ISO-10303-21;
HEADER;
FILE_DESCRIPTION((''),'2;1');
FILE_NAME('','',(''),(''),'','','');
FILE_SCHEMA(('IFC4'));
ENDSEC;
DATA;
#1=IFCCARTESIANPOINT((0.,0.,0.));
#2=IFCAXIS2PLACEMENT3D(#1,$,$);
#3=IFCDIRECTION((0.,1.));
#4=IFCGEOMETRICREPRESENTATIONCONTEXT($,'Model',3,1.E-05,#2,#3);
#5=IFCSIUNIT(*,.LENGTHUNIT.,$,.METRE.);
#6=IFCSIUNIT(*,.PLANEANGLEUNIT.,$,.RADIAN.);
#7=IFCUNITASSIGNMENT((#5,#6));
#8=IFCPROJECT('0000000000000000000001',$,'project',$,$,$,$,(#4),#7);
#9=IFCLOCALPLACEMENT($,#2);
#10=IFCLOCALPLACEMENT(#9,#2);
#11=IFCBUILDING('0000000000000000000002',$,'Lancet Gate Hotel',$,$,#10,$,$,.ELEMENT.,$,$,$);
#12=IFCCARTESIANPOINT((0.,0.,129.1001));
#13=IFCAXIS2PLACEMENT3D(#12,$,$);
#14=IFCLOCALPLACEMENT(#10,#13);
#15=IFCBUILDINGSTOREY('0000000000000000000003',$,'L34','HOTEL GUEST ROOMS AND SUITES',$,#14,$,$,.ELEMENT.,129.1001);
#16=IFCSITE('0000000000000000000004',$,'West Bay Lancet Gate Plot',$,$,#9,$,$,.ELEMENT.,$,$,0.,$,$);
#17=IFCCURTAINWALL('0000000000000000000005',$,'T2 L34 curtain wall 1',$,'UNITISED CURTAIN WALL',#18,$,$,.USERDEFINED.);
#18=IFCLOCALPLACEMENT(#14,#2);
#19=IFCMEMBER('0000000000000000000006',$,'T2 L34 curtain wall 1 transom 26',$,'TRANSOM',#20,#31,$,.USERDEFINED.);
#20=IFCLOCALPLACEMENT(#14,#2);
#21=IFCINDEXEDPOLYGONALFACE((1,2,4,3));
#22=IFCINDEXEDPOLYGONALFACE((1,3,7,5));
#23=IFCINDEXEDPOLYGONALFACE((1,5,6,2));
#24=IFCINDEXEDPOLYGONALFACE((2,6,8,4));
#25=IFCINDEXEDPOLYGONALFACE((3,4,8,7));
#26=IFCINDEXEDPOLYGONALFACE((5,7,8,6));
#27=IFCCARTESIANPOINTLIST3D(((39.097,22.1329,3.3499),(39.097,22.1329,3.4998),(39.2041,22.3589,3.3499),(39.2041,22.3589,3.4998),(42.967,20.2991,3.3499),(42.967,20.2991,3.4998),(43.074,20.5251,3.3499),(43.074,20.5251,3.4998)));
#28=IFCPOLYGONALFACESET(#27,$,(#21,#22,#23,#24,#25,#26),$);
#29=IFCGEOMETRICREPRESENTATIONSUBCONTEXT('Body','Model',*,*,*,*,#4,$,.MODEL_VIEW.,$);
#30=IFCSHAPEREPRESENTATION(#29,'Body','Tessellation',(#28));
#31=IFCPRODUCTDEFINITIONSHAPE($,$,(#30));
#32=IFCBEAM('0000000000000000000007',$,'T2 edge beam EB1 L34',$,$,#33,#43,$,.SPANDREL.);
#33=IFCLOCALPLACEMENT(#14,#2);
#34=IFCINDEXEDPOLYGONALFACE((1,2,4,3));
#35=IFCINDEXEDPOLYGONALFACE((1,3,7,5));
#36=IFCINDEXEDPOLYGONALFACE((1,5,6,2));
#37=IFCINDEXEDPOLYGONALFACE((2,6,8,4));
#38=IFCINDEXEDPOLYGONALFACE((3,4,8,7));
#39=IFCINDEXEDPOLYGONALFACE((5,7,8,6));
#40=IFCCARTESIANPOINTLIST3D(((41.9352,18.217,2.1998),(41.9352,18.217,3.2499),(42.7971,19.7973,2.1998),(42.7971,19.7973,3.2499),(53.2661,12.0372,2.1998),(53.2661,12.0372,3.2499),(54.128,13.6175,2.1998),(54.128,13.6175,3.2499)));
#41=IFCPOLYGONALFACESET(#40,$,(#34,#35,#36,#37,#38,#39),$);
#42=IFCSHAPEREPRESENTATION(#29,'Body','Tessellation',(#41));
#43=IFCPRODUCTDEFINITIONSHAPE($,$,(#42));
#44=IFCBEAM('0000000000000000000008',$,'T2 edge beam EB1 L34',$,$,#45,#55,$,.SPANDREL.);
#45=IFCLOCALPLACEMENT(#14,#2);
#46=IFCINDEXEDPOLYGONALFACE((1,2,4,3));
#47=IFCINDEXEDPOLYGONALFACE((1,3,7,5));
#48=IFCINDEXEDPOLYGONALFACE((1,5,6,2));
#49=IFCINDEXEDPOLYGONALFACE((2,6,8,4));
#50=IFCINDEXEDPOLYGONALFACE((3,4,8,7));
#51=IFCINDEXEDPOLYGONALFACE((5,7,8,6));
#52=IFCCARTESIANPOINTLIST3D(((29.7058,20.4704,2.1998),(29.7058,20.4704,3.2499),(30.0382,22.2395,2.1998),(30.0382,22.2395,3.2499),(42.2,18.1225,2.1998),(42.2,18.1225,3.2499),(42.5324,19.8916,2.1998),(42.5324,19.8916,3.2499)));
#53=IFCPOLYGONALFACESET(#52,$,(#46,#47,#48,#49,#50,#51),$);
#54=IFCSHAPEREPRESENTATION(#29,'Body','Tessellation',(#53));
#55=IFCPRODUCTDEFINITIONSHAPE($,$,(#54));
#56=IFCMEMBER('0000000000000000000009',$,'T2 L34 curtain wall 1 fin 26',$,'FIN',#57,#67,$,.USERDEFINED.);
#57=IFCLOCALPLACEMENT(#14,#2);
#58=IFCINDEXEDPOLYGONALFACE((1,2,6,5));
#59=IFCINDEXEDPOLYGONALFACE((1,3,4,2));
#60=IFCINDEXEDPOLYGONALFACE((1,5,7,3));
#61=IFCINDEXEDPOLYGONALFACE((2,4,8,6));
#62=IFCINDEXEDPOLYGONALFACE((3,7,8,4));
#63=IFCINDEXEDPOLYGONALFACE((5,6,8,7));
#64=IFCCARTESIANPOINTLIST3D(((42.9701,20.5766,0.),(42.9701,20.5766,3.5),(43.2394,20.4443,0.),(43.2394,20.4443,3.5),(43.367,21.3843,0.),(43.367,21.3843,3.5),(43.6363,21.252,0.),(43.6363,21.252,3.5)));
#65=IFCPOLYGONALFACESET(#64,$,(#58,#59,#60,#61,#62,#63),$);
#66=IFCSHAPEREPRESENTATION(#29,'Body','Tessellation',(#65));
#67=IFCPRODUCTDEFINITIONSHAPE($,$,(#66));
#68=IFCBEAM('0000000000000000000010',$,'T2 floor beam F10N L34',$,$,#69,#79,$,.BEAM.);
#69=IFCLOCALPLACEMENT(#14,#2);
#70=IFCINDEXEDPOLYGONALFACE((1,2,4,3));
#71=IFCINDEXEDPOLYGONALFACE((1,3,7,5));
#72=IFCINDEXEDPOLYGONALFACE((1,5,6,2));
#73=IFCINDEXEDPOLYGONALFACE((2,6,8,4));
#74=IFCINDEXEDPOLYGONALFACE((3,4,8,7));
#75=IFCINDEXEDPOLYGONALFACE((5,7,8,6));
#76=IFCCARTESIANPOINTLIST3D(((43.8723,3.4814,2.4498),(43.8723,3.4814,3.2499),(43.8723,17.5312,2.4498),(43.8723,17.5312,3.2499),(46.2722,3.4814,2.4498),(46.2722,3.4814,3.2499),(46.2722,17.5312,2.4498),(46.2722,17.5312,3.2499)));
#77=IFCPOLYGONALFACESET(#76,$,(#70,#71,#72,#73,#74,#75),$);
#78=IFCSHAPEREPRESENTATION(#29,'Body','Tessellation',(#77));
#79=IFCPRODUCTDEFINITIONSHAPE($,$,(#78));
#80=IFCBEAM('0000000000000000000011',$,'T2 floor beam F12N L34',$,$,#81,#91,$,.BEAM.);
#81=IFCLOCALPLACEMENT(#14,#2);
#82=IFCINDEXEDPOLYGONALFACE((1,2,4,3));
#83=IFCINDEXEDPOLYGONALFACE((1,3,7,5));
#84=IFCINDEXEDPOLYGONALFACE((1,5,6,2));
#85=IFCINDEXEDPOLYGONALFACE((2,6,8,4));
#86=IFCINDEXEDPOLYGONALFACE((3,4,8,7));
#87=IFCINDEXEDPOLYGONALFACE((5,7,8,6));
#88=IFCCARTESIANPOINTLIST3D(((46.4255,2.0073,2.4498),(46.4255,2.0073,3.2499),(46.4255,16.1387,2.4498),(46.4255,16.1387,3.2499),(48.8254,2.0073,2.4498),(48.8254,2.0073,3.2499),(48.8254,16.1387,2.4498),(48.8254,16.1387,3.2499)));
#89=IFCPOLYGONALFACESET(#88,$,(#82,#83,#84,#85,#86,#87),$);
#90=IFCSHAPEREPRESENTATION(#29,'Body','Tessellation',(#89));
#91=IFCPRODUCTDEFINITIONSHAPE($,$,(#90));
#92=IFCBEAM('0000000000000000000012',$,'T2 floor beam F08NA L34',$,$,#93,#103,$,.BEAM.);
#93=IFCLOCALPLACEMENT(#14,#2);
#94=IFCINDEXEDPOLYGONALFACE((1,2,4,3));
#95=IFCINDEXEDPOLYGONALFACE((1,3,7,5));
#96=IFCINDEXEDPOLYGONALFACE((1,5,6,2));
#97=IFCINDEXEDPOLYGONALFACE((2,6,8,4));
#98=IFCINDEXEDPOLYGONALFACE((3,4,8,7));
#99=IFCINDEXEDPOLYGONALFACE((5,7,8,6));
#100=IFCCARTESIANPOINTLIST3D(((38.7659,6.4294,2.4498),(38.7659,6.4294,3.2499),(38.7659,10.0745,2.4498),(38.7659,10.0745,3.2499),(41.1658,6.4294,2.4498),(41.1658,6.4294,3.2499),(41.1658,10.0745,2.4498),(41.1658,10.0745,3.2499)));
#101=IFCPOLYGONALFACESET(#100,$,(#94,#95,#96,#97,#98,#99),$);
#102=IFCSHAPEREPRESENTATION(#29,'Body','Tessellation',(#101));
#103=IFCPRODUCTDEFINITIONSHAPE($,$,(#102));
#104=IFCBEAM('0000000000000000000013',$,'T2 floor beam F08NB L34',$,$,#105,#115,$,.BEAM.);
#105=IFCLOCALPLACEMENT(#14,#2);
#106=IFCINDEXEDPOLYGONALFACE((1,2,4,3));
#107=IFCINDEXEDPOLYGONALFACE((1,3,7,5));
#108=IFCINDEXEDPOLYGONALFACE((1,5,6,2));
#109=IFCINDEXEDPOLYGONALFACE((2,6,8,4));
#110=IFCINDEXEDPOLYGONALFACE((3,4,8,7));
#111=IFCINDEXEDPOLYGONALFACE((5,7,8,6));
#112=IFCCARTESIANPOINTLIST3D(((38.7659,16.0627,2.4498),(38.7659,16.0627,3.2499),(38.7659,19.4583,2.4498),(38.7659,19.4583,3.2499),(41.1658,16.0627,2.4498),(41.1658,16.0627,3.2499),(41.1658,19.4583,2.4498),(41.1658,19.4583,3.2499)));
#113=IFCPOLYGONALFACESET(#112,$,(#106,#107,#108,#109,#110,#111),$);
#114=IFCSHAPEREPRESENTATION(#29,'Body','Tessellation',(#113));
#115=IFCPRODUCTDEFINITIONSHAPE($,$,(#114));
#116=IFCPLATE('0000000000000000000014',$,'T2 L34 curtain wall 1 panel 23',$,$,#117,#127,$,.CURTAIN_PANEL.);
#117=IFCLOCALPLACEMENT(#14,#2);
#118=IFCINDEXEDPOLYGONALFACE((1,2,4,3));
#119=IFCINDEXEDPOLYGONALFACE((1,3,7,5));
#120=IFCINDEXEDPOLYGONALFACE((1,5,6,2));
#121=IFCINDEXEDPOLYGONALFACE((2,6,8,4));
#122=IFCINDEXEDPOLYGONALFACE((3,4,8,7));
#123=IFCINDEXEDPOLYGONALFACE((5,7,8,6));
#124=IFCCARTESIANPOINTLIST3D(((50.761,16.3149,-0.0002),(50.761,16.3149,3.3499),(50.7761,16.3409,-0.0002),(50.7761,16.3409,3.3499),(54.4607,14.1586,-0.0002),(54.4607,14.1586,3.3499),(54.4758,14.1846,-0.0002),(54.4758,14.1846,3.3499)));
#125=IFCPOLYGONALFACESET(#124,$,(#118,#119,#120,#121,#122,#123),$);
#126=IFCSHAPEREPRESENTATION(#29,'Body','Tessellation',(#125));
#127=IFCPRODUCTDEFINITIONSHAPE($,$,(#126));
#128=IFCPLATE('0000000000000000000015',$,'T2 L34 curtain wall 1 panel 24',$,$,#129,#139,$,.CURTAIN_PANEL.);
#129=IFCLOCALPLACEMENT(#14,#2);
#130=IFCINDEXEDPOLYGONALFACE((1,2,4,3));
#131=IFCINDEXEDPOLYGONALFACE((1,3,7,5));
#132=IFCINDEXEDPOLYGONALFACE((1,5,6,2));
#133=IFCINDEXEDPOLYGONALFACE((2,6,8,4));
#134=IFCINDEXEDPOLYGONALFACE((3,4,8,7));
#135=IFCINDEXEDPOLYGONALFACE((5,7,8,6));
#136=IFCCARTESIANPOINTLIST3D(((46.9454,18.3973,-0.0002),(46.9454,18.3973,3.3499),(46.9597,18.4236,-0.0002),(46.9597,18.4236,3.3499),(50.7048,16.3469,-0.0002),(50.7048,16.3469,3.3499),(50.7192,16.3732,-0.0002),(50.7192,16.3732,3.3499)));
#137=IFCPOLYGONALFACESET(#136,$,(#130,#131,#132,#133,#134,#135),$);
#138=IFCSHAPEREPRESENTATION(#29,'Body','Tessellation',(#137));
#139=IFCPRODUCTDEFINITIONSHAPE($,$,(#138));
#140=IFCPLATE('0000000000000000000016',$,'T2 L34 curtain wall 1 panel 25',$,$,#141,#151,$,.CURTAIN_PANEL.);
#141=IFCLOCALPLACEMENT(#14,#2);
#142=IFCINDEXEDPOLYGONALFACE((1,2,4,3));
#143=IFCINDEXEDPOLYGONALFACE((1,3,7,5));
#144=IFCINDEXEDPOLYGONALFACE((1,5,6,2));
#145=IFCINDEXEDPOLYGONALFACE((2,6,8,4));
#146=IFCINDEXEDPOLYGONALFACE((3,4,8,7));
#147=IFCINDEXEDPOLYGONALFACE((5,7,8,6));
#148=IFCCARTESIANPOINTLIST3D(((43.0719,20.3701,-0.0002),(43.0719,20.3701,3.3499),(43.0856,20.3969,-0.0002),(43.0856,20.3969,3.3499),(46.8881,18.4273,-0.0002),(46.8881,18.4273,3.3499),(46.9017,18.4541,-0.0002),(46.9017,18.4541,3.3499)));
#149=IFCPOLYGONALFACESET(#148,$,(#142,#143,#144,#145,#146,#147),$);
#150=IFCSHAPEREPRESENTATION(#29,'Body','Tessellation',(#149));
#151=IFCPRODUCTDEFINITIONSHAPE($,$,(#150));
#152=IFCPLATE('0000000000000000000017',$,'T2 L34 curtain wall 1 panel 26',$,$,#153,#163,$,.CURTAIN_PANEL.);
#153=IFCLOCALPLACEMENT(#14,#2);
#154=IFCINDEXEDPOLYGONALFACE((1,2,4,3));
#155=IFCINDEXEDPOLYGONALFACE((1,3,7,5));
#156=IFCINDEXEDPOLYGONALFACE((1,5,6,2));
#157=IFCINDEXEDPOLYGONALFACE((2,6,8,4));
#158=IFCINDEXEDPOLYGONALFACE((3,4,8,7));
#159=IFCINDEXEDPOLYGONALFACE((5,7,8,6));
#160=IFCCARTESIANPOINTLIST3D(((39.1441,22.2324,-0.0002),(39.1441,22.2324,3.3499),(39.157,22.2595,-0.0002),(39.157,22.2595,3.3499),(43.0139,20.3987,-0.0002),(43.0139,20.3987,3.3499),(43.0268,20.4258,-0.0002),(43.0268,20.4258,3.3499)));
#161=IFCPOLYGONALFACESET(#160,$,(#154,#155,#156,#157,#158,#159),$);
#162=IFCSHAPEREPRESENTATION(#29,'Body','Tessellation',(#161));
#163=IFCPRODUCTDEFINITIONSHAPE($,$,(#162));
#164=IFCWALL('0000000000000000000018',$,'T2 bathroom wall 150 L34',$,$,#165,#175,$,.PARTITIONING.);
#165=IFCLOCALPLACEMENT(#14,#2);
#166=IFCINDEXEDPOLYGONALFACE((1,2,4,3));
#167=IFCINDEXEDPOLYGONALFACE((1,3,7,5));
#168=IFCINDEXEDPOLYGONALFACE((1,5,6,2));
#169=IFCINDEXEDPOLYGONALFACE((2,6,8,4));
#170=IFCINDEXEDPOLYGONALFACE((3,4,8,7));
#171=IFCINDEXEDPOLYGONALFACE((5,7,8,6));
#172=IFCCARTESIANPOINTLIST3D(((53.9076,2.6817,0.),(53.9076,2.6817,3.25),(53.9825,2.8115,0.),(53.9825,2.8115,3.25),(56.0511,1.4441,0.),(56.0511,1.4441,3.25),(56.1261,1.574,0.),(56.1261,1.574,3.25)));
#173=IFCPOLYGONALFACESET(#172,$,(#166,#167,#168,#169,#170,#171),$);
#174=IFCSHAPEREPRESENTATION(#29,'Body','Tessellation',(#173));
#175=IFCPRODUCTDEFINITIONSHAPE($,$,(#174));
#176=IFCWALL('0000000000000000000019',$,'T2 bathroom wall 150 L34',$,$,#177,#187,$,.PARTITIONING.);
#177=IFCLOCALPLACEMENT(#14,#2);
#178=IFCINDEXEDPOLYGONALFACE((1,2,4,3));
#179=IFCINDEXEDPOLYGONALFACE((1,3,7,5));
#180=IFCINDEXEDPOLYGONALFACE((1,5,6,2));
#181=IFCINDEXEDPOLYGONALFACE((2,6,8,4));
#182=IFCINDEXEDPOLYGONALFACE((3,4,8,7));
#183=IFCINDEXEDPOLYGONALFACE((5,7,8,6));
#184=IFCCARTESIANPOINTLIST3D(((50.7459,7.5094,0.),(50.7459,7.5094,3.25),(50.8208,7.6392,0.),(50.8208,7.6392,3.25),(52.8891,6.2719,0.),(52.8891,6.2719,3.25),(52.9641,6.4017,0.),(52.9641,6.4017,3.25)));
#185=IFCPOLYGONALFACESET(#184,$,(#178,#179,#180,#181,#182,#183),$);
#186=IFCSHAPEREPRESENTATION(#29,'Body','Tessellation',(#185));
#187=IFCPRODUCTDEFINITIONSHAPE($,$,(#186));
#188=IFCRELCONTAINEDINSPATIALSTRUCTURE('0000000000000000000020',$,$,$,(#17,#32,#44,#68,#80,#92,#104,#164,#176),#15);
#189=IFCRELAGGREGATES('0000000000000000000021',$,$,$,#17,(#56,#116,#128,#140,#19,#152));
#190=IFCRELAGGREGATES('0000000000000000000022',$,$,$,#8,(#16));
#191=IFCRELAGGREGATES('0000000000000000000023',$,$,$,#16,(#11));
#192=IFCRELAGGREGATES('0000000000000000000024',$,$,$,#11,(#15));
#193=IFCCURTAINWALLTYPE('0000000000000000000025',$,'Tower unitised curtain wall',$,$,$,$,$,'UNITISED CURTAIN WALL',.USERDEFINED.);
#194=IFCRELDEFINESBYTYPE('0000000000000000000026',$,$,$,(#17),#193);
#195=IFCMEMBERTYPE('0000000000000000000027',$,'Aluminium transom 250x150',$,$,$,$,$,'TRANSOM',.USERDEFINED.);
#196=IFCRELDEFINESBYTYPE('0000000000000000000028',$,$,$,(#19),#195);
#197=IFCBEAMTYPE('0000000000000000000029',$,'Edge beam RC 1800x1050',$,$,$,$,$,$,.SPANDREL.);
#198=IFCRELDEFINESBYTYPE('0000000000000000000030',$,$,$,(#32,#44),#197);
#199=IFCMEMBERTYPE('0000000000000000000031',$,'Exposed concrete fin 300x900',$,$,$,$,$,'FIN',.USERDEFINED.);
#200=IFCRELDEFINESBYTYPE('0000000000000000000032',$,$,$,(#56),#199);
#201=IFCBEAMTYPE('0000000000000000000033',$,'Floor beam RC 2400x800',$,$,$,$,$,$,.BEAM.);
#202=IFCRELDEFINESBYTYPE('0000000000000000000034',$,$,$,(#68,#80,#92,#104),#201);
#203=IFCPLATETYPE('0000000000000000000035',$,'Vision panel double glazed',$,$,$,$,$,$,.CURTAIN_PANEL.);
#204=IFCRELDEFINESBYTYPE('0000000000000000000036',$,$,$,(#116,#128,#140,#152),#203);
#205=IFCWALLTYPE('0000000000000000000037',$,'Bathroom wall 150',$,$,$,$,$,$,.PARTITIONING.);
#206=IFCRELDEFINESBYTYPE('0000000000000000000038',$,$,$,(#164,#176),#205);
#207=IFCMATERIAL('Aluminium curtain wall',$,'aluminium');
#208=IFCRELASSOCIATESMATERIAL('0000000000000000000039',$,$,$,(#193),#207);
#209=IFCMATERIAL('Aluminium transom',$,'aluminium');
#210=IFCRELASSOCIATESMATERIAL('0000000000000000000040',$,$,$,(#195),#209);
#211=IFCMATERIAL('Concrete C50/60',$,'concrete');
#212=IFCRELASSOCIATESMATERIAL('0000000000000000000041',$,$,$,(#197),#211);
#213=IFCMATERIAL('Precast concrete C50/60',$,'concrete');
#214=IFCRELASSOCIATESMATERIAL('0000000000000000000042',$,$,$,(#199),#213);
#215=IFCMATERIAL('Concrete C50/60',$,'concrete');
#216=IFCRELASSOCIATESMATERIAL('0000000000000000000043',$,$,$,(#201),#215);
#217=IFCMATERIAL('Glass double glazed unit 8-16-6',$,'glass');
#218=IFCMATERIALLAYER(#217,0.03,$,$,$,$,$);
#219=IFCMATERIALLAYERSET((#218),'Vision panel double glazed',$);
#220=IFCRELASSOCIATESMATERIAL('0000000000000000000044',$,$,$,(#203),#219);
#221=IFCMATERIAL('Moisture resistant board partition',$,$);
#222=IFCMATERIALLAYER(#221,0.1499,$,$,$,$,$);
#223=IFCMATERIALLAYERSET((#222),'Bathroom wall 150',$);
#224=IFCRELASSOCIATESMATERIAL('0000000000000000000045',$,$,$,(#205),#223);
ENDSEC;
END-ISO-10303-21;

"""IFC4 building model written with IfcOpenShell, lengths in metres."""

from ifc_helpers import new_model, si_unit, direction, frame, frame_2d, origin, origin_2d, place, context, subcontext, project, spatial, rectangle, extrude, material, layer, layer_set, material_profile, profile_set, type_object, element, aggregate, save


model = new_model("IFC4")

# Units and contexts
model_context = context("Model", 3, precision=1e-05, world=origin(), true_north=direction((0.0, 1.0)))
body_context = subcontext(model_context, "Body", "Model", "MODEL_VIEW")
ifc_project = project(units=[si_unit("LENGTHUNIT", "METRE"), si_unit("PLANEANGLEUNIT", "RADIAN")], contexts=[model_context])

# Site, building, storey
site_placement = place(None, origin())
site = spatial("IfcSite", under=ifc_project, at=site_placement, Name="West Bay Lancet Gate Plot", CompositionType="ELEMENT", RefElevation=0.0)
building_placement = place(site_placement, origin())
building = spatial("IfcBuilding", under=site, at=building_placement, Name="Lancet Gate Hotel", CompositionType="ELEMENT")
storey_placement = place(building_placement, frame((0.0, 0.0, 129.1001)))
storey = spatial("IfcBuildingStorey", under=building, at=storey_placement, Name="L34", Description="HOTEL GUEST ROOMS AND SUITES", CompositionType="ELEMENT", Elevation=129.1001)

# Curtain wall, member
ifc_material_1 = material(Name="Aluminium curtain wall", Category="aluminium")
curtain_wall_type = type_object("IfcCurtainWallType", Name="Tower unitised curtain wall", ElementType="UNITISED CURTAIN WALL", PredefinedType="USERDEFINED", material=ifc_material_1)
curtain_wall_placement = place(storey_placement, origin())
curtain_wall = element("IfcCurtainWall", 1, at=curtain_wall_placement, inside=storey, type_object=curtain_wall_type, Name="T2 L34 curtain wall 1", ObjectType="UNITISED CURTAIN WALL", PredefinedType="USERDEFINED")
ifc_material_2 = material(Name="Aluminium transom", Category="aluminium")
ifc_material_profile_1 = material_profile(ifc_material_2, rectangle(XDim=0.25, YDim=0.1499, at=origin_2d()), Name="TRANSOM 250x150")
ifc_profile_set_1 = profile_set([ifc_material_profile_1], Name="Aluminium transom")
member_type_1 = type_object("IfcMemberType", Name="Aluminium transom 250x150", ElementType="TRANSOM", PredefinedType="USERDEFINED", material=ifc_profile_set_1)
member_1_placement = place(storey_placement, frame((43.0205, 20.4121, 3.4248), z_axis=(-0.90368, 0.428209, 0.0), x_axis=(-0.428209, -0.90368, 0.0)))
member_1 = element("IfcMember", 2, at=member_1_placement, type_object=member_type_1, Name="T2 L34 curtain wall 1 transom 26", ObjectType="TRANSOM", PredefinedType="USERDEFINED", context=body_context, shape_type="SweptSolid", body=[
    extrude(rectangle(XDim=0.25, YDim=0.1499, at=origin_2d()), origin(), (0.0, 0.0, 1.0), 4.2825),
])

# Beams
ifc_material_3 = material(Name="Concrete C50/60", Category="concrete")
ifc_material_profile_2 = material_profile(ifc_material_3, rectangle(XDim=1.8, YDim=1.05, at=origin_2d()), Name="RC 1800x1050")
ifc_profile_set_2 = profile_set([ifc_material_profile_2], Name="Concrete C50/60")
beam_type_1 = type_object("IfcBeamType", Name="Edge beam RC 1800x1050", PredefinedType="SPANDREL", material=ifc_profile_set_2)
beam_1_placement = place(storey_placement, frame((53.697, 12.8274, 2.7249), z_axis=(-0.87792, 0.478807, 0.0), x_axis=(-0.478807, -0.87792, 0.0)))
element("IfcBeam", 3, at=beam_1_placement, inside=storey, type_object=beam_type_1, Name="T2 edge beam EB1 L34", PredefinedType="SPANDREL", context=body_context, shape_type="SweptSolid", body=[
    extrude(rectangle(XDim=1.8, YDim=1.05, at=origin_2d()), origin(), (0.0, 0.0, 1.0), 12.9065),
])
beam_2_placement = place(storey_placement, frame((42.3662, 19.0071, 2.7249), z_axis=(-0.982797, 0.184687, 0.0), x_axis=(-0.184687, -0.982797, 0.0)))
element("IfcBeam", 4, at=beam_2_placement, inside=storey, type_object=beam_type_1, Name="T2 edge beam EB1 L34", PredefinedType="SPANDREL", context=body_context, shape_type="SweptSolid", body=[
    extrude(rectangle(XDim=1.8, YDim=1.05, at=origin_2d()), origin(), (0.0, 0.0, 1.0), 12.7129),
])

# Member
ifc_material_4 = material(Name="Precast concrete C50/60", Category="concrete")
ifc_material_profile_3 = material_profile(ifc_material_4, rectangle(XDim=0.3, YDim=0.8999, at=origin_2d()), Name="FIN 300x900")
ifc_profile_set_3 = profile_set([ifc_material_profile_3], Name="Precast concrete C50/60")
member_type_2 = type_object("IfcMemberType", Name="Exposed concrete fin 300x900", ElementType="FIN", PredefinedType="USERDEFINED", material=ifc_profile_set_3)
member_2_placement = place(storey_placement, frame((43.3032, 20.9143, 0.0), z_axis=(0.0, 0.0, 1.0), x_axis=(-0.897512, 0.44099, 0.0)))
member_2 = element("IfcMember", 5, at=member_2_placement, type_object=member_type_2, Name="T2 L34 curtain wall 1 fin 26", ObjectType="FIN", PredefinedType="USERDEFINED", context=body_context, shape_type="SweptSolid", body=[
    extrude(rectangle(XDim=0.3, YDim=0.8999, at=origin_2d()), origin(), (0.0, 0.0, 1.0), 3.5),
])

# Beams
ifc_material_5 = material(Name="Concrete C50/60", Category="concrete")
ifc_material_profile_4 = material_profile(ifc_material_5, rectangle(XDim=2.3999, YDim=0.8, at=origin_2d()), Name="RC 2400x800")
ifc_profile_set_4 = profile_set([ifc_material_profile_4], Name="Concrete C50/60")
beam_type_2 = type_object("IfcBeamType", Name="Floor beam RC 2400x800", PredefinedType="BEAM", material=ifc_profile_set_4)
beam_3_placement = place(storey_placement, frame((45.0723, 3.4814, 2.8499), z_axis=(0.0, 1.0, 0.0), x_axis=(-1.0, 0.0, 0.0)))
element("IfcBeam", 6, at=beam_3_placement, inside=storey, type_object=beam_type_2, Name="T2 floor beam F10N L34", PredefinedType="BEAM", context=body_context, shape_type="SweptSolid", body=[
    extrude(rectangle(XDim=2.3999, YDim=0.8, at=origin_2d()), origin(), (0.0, 0.0, 1.0), 14.0498),
])
beam_4_placement = place(storey_placement, frame((47.6255, 2.0073, 2.8499), z_axis=(0.0, 1.0, 0.0), x_axis=(-1.0, 0.0, 0.0)))
element("IfcBeam", 7, at=beam_4_placement, inside=storey, type_object=beam_type_2, Name="T2 floor beam F12N L34", PredefinedType="BEAM", context=body_context, shape_type="SweptSolid", body=[
    extrude(rectangle(XDim=2.3999, YDim=0.8, at=origin_2d()), origin(), (0.0, 0.0, 1.0), 14.1313),
])
beam_5_placement = place(storey_placement, frame((39.9658, 6.4294, 2.8499), z_axis=(0.0, 1.0, 0.0), x_axis=(-1.0, 0.0, 0.0)))
element("IfcBeam", 8, at=beam_5_placement, inside=storey, type_object=beam_type_2, Name="T2 floor beam F08NA L34", PredefinedType="BEAM", context=body_context, shape_type="SweptSolid", body=[
    extrude(rectangle(XDim=2.3999, YDim=0.8, at=origin_2d()), origin(), (0.0, 0.0, 1.0), 3.645),
])
beam_6_placement = place(storey_placement, frame((39.9658, 16.0627, 2.8499), z_axis=(0.0, 1.0, 0.0), x_axis=(-1.0, 0.0, 0.0)))
element("IfcBeam", 9, at=beam_6_placement, inside=storey, type_object=beam_type_2, Name="T2 floor beam F08NB L34", PredefinedType="BEAM", context=body_context, shape_type="SweptSolid", body=[
    extrude(rectangle(XDim=2.3999, YDim=0.8, at=origin_2d()), origin(), (0.0, 0.0, 1.0), 3.3955),
])

# Plates
ifc_material_6 = material(Name="Glass double glazed unit 8-16-6", Category="glass")
ifc_layer_1 = layer(ifc_material_6, 0.03)
ifc_layer_set_1 = layer_set([ifc_layer_1], Name="Vision panel double glazed")
plate_type = type_object("IfcPlateType", Name="Vision panel double glazed", PredefinedType="CURTAIN_PANEL", material=ifc_layer_set_1)
plate_1_placement = place(storey_placement, frame((52.6184, 15.2498, -0.0002), z_axis=(0.0, 0.0, 1.0), x_axis=(-0.863966, 0.503551, 0.0)))
plate_1 = element("IfcPlate", 10, at=plate_1_placement, type_object=plate_type, Name="T2 L34 curtain wall 1 panel 23", PredefinedType="CURTAIN_PANEL", context=body_context, shape_type="SweptSolid", body=[
    extrude(rectangle(XDim=4.2822, YDim=0.03, at=origin_2d()), origin(), (0.0, 0.0, 1.0), 3.3501),
])
plate_2_placement = place(storey_placement, frame((48.8323, 17.3853, -0.0002), z_axis=(0.0, 0.0, 1.0), x_axis=(-0.877916, 0.478814, 0.0)))
plate_2 = element("IfcPlate", 11, at=plate_2_placement, type_object=plate_type, Name="T2 L34 curtain wall 1 panel 24", PredefinedType="CURTAIN_PANEL", context=body_context, shape_type="SweptSolid", body=[
    extrude(rectangle(XDim=4.2822, YDim=0.03, at=origin_2d()), origin(), (0.0, 0.0, 1.0), 3.3501),
])
plate_3_placement = place(storey_placement, frame((44.9868, 19.4121, -0.0002), z_axis=(0.0, 0.0, 1.0), x_axis=(-0.891159, 0.45369, 0.0)))
plate_3 = element("IfcPlate", 12, at=plate_3_placement, type_object=plate_type, Name="T2 L34 curtain wall 1 panel 25", PredefinedType="CURTAIN_PANEL", context=body_context, shape_type="SweptSolid", body=[
    extrude(rectangle(XDim=4.2822, YDim=0.03, at=origin_2d()), origin(), (0.0, 0.0, 1.0), 3.3501),
])
plate_4_placement = place(storey_placement, frame((41.0854, 21.3291, -0.0002), z_axis=(0.0, 0.0, 1.0), x_axis=(-0.903683, 0.428201, 0.0)))
plate_4 = element("IfcPlate", 13, at=plate_4_placement, type_object=plate_type, Name="T2 L34 curtain wall 1 panel 26", PredefinedType="CURTAIN_PANEL", context=body_context, shape_type="SweptSolid", body=[
    extrude(rectangle(XDim=4.2822, YDim=0.03, at=origin_2d()), origin(), (0.0, 0.0, 1.0), 3.3501),
])
aggregate(curtain_wall, [member_2, plate_1, plate_2, plate_3, member_1, plate_4])

# Walls
ifc_material_7 = material(Name="Moisture resistant board partition")
ifc_layer_2 = layer(ifc_material_7, 0.1499)
ifc_layer_set_2 = layer_set([ifc_layer_2], Name="Bathroom wall 150")
wall_type_1 = type_object("IfcWallType", Name="Bathroom wall 150", PredefinedType="PARTITIONING", material=ifc_layer_set_2)
wall_1_placement = place(storey_placement, frame((53.9451, 2.7466, 0.0), z_axis=(0.0, 0.0, 1.0), x_axis=(0.866031, -0.49999, 0.0)))
element("IfcWall", 14, at=wall_1_placement, inside=storey, type_object=wall_type_1, Name="T2 bathroom wall 150 L34", PredefinedType="PARTITIONING", context=body_context, shape_type="SweptSolid", body=[
    extrude(rectangle(XDim=2.4751, YDim=0.1499, at=frame_2d((1.2375, 0.0))), origin(), (0.0, 0.0, 1.0), 3.25),
])
wall_2_placement = place(storey_placement, frame((50.7834, 7.5742, 0.0), z_axis=(0.0, 0.0, 1.0), x_axis=(0.866007, -0.500033, 0.0)))
element("IfcWall", 15, at=wall_2_placement, inside=storey, type_object=wall_type_1, Name="T2 bathroom wall 150 L34", PredefinedType="PARTITIONING", context=body_context, shape_type="SweptSolid", body=[
    extrude(rectangle(XDim=2.4749, YDim=0.1499, at=frame_2d((1.2373, 0.0))), origin(), (0.0, 0.0, 1.0), 3.25),
])

save(model, "model.ifc")
